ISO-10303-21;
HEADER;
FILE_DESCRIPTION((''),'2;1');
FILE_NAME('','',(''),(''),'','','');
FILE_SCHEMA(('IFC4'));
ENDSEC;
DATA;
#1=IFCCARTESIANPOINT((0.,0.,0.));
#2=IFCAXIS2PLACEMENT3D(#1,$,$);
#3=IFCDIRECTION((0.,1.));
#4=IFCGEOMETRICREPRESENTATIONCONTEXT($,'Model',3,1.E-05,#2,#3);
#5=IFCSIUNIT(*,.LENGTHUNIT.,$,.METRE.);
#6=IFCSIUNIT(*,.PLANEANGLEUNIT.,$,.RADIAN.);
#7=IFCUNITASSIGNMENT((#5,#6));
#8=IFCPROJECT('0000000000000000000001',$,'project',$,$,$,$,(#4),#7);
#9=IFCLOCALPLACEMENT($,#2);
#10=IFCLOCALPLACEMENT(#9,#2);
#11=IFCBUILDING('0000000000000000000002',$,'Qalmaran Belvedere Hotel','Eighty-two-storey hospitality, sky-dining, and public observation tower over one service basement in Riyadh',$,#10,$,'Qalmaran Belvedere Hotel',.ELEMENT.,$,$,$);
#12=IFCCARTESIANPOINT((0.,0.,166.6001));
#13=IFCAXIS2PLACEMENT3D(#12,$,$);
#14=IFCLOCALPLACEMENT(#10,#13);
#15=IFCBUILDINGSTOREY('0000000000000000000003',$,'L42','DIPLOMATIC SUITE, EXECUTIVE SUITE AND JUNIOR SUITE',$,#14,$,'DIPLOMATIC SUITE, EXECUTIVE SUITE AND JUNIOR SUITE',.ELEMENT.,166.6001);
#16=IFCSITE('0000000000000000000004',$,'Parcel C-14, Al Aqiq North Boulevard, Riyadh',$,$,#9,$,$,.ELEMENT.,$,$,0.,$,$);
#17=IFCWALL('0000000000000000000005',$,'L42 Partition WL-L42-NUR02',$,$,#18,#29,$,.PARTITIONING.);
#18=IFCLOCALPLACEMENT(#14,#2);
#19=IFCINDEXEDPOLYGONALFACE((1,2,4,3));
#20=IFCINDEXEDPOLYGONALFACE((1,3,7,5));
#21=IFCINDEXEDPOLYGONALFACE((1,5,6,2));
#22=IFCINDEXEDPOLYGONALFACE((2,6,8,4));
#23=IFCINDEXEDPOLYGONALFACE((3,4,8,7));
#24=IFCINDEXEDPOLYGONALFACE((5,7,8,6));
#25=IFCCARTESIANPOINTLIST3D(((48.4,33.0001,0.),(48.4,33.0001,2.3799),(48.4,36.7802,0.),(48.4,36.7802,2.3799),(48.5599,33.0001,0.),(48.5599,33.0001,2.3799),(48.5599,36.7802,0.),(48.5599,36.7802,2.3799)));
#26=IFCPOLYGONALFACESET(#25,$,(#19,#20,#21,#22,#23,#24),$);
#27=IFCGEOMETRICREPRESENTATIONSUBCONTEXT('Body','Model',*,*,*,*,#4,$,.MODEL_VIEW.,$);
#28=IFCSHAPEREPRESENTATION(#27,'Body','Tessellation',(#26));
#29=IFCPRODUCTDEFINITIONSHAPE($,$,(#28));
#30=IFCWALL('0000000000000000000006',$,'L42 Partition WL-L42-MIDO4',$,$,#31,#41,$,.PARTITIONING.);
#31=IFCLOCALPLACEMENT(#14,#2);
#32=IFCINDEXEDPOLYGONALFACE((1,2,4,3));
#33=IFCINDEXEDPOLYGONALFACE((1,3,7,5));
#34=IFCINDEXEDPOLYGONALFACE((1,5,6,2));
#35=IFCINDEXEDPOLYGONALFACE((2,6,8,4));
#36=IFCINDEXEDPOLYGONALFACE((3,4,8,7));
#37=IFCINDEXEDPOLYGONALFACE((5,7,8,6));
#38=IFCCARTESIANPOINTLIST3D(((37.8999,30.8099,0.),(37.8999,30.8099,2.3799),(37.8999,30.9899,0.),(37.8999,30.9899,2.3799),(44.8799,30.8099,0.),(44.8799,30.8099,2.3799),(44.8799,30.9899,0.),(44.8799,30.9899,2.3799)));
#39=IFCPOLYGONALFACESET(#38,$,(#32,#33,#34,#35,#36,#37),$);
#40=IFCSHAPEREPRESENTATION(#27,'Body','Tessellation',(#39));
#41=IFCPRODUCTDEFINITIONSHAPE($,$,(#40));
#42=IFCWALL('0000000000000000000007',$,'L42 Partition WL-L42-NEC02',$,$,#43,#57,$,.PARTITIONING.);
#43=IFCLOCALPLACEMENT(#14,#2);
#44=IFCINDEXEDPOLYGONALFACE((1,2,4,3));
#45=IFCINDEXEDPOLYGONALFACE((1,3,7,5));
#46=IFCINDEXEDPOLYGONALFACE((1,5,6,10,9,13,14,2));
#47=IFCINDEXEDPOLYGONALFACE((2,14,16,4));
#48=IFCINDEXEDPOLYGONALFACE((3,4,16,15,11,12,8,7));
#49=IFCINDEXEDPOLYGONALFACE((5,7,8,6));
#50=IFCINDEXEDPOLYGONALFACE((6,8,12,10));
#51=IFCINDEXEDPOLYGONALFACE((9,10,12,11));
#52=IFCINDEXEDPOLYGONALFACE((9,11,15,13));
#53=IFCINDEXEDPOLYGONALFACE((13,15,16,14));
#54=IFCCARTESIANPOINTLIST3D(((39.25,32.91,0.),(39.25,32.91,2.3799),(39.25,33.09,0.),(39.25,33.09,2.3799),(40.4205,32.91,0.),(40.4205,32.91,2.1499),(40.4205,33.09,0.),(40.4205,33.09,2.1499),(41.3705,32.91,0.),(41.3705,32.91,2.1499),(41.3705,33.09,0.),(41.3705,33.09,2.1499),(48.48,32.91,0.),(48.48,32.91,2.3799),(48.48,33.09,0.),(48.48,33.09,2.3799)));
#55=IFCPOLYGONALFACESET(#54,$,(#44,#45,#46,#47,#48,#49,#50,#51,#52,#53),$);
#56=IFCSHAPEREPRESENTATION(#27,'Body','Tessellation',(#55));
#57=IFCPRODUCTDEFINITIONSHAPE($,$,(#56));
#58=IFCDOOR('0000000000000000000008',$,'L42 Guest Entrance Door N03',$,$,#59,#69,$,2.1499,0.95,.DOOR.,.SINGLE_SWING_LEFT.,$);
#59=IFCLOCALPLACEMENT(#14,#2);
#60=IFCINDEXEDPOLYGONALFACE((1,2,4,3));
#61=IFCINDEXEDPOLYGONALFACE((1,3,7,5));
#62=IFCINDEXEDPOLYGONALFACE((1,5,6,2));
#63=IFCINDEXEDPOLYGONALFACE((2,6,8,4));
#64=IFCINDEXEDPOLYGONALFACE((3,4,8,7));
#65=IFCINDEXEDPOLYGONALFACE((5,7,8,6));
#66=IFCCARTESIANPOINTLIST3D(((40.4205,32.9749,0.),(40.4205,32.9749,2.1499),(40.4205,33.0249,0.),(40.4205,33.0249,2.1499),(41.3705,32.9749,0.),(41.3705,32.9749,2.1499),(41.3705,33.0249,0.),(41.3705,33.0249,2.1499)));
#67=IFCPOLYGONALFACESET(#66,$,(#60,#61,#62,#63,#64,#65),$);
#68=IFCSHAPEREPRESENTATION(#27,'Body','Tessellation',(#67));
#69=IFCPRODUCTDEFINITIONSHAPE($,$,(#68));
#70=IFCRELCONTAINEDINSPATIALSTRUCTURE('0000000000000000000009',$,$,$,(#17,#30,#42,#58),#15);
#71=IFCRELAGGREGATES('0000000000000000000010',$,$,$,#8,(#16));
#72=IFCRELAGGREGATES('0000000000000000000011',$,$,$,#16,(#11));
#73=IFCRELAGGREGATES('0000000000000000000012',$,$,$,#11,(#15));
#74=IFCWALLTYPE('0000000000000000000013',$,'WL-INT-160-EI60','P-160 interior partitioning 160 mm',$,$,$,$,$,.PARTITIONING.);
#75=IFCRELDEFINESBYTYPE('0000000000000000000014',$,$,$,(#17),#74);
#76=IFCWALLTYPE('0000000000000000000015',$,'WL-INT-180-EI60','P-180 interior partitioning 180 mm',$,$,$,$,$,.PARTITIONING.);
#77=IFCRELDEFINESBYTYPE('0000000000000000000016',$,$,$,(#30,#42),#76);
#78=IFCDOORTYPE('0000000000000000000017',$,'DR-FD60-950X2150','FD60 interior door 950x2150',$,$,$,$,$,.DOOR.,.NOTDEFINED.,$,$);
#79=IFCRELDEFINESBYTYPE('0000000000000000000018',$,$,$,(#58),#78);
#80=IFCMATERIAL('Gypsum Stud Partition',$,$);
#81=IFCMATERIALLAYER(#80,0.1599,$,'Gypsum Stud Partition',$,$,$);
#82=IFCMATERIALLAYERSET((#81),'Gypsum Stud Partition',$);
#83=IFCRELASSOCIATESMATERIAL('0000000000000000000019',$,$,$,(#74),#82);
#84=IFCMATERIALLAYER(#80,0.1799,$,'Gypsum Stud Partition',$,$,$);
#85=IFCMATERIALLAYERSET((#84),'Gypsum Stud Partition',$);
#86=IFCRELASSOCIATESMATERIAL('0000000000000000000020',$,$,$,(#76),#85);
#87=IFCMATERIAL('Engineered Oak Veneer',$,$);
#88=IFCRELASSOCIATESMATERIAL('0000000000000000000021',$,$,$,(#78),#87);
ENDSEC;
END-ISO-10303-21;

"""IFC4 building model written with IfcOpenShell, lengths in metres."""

from ifc_helpers import new_model, si_unit, direction, frame, frame_2d, origin, place, context, subcontext, project, spatial, rectangle, extrude, material, layer, layer_set, type_object, element, fill, save


model = new_model("IFC4")

# Units and contexts
model_context = context("Model", 3, precision=1e-05, world=origin(), true_north=direction((0.0, 1.0)))
body_context = subcontext(model_context, "Body", "Model", "MODEL_VIEW")
ifc_project = project(units=[si_unit("LENGTHUNIT", "METRE"), si_unit("PLANEANGLEUNIT", "RADIAN")], contexts=[model_context])

# Site, building, storey
site_placement = place(None, origin())
site = spatial("IfcSite", under=ifc_project, at=site_placement, Name="Parcel C-14, Al Aqiq North Boulevard, Riyadh", CompositionType="ELEMENT", RefElevation=0.0)
building_placement = place(site_placement, origin())
building = spatial("IfcBuilding", under=site, at=building_placement, Name="Qalmaran Belvedere Hotel", Description="Eighty-two-storey hospitality, sky-dining, and public observation tower over one service basement in Riyadh", LongName="Qalmaran Belvedere Hotel", CompositionType="ELEMENT")
storey_placement = place(building_placement, frame((0.0, 0.0, 166.6001)))
storey = spatial("IfcBuildingStorey", under=building, at=storey_placement, Name="L42", Description="DIPLOMATIC SUITE, EXECUTIVE SUITE AND JUNIOR SUITE", LongName="DIPLOMATIC SUITE, EXECUTIVE SUITE AND JUNIOR SUITE", CompositionType="ELEMENT", Elevation=166.6001)

# Shared definitions
ifc_material_1 = material(Name="Gypsum Stud Partition")
ifc_layer_1 = layer(ifc_material_1, 0.1599, Name="Gypsum Stud Partition")
ifc_layer_set_1 = layer_set([ifc_layer_1], Name="Gypsum Stud Partition")
wall_type_1 = type_object("IfcWallType", Name="WL-INT-160-EI60", Description="P-160 interior partitioning 160 mm", PredefinedType="PARTITIONING", material=ifc_layer_set_1)

# Wall
wall_1_placement = place(storey_placement, frame((48.48, 33.0, 0.0), z_axis=(0.0, 0.0, 1.0), x_axis=(0.0, 1.0, 0.0)))
element("IfcWall", 1, at=wall_1_placement, inside=storey, type_object=wall_type_1, Name="L42 Partition WL-L42-NUR02", PredefinedType="PARTITIONING", context=body_context, shape_type="SweptSolid", body=[
    extrude(rectangle(XDim=3.78, YDim=0.1599, at=frame_2d((1.8901, 0.0))), origin(), (0.0, 0.0, 1.0), 2.3799),
])

# Shared definitions
ifc_layer_2 = layer(ifc_material_1, 0.1799, Name="Gypsum Stud Partition")
ifc_layer_set_2 = layer_set([ifc_layer_2], Name="Gypsum Stud Partition")
wall_type_2 = type_object("IfcWallType", Name="WL-INT-180-EI60", Description="P-180 interior partitioning 180 mm", PredefinedType="PARTITIONING", material=ifc_layer_set_2)
ifc_material_2 = material(Name="Engineered Oak Veneer")
door_type_1 = type_object("IfcDoorType", Name="DR-FD60-950X2150", Description="FD60 interior door 950x2150", OperationType="NOTDEFINED", PredefinedType="DOOR", material=ifc_material_2)

# Wall
wall_2_placement = place(storey_placement, frame((37.8999, 30.8999, 0.0), z_axis=(0.0, 0.0, 1.0), x_axis=(1.0, 0.0, 0.0)))
element("IfcWall", 2, at=wall_2_placement, inside=storey, type_object=wall_type_2, Name="L42 Partition WL-L42-MIDO4", PredefinedType="PARTITIONING", context=body_context, shape_type="SweptSolid", body=[
    extrude(rectangle(XDim=6.98, YDim=0.1799, at=frame_2d((3.49, 0.0))), origin(), (0.0, 0.0, 1.0), 2.3799),
])

# Wall, opening, door
wall_3_placement = place(storey_placement, frame((39.25, 33.0, 0.0), z_axis=(0.0, 0.0, 1.0), x_axis=(1.0, 0.0, 0.0)))
wall_3 = element("IfcWall", 3, at=wall_3_placement, inside=storey, type_object=wall_type_2, Name="L42 Partition WL-L42-NEC02", PredefinedType="PARTITIONING", context=body_context, shape_type="SweptSolid", body=[
    extrude(rectangle(XDim=9.23, YDim=0.1799, at=frame_2d((4.615, 0.0))), origin(), (0.0, 0.0, 1.0), 2.3799),
])
opening_1_placement = place(wall_3_placement, frame((1.1704, 0.0, 0.0)))
opening_1 = element("IfcOpeningElement", 4, at=opening_1_placement, cuts=wall_3, PredefinedType="OPENING", context=body_context, shape_type="SweptSolid", body=[
    extrude(rectangle(XDim=0.95, YDim=2.1499, at=frame_2d((0.4751, 1.075))), frame((0.0, 0.1001, 0.0), z_axis=(0.0, -1.0, 0.0), x_axis=(1.0, 0.0, 0.0)), (0.0, 0.0, 1.0), 0.2),
])
door_1_placement = place(opening_1_placement, origin())
door_1 = element("IfcDoor", 5, at=door_1_placement, inside=storey, type_object=door_type_1, Name="L42 Guest Entrance Door N03", OperationType="SINGLE_SWING_LEFT", OverallHeight=2.1499, OverallWidth=0.95, PredefinedType="DOOR", context=body_context, shape_type="SweptSolid", body=[
    extrude(rectangle(XDim=0.95, YDim=2.1499, at=frame_2d((0.4751, 1.075))), frame((0.0, 0.0249, 0.0), z_axis=(0.0, -1.0, 0.0), x_axis=(1.0, 0.0, 0.0)), (0.0, 0.0, 1.0), 0.05),
])
fill(opening_1, door_1)

save(model, "model.ifc")
